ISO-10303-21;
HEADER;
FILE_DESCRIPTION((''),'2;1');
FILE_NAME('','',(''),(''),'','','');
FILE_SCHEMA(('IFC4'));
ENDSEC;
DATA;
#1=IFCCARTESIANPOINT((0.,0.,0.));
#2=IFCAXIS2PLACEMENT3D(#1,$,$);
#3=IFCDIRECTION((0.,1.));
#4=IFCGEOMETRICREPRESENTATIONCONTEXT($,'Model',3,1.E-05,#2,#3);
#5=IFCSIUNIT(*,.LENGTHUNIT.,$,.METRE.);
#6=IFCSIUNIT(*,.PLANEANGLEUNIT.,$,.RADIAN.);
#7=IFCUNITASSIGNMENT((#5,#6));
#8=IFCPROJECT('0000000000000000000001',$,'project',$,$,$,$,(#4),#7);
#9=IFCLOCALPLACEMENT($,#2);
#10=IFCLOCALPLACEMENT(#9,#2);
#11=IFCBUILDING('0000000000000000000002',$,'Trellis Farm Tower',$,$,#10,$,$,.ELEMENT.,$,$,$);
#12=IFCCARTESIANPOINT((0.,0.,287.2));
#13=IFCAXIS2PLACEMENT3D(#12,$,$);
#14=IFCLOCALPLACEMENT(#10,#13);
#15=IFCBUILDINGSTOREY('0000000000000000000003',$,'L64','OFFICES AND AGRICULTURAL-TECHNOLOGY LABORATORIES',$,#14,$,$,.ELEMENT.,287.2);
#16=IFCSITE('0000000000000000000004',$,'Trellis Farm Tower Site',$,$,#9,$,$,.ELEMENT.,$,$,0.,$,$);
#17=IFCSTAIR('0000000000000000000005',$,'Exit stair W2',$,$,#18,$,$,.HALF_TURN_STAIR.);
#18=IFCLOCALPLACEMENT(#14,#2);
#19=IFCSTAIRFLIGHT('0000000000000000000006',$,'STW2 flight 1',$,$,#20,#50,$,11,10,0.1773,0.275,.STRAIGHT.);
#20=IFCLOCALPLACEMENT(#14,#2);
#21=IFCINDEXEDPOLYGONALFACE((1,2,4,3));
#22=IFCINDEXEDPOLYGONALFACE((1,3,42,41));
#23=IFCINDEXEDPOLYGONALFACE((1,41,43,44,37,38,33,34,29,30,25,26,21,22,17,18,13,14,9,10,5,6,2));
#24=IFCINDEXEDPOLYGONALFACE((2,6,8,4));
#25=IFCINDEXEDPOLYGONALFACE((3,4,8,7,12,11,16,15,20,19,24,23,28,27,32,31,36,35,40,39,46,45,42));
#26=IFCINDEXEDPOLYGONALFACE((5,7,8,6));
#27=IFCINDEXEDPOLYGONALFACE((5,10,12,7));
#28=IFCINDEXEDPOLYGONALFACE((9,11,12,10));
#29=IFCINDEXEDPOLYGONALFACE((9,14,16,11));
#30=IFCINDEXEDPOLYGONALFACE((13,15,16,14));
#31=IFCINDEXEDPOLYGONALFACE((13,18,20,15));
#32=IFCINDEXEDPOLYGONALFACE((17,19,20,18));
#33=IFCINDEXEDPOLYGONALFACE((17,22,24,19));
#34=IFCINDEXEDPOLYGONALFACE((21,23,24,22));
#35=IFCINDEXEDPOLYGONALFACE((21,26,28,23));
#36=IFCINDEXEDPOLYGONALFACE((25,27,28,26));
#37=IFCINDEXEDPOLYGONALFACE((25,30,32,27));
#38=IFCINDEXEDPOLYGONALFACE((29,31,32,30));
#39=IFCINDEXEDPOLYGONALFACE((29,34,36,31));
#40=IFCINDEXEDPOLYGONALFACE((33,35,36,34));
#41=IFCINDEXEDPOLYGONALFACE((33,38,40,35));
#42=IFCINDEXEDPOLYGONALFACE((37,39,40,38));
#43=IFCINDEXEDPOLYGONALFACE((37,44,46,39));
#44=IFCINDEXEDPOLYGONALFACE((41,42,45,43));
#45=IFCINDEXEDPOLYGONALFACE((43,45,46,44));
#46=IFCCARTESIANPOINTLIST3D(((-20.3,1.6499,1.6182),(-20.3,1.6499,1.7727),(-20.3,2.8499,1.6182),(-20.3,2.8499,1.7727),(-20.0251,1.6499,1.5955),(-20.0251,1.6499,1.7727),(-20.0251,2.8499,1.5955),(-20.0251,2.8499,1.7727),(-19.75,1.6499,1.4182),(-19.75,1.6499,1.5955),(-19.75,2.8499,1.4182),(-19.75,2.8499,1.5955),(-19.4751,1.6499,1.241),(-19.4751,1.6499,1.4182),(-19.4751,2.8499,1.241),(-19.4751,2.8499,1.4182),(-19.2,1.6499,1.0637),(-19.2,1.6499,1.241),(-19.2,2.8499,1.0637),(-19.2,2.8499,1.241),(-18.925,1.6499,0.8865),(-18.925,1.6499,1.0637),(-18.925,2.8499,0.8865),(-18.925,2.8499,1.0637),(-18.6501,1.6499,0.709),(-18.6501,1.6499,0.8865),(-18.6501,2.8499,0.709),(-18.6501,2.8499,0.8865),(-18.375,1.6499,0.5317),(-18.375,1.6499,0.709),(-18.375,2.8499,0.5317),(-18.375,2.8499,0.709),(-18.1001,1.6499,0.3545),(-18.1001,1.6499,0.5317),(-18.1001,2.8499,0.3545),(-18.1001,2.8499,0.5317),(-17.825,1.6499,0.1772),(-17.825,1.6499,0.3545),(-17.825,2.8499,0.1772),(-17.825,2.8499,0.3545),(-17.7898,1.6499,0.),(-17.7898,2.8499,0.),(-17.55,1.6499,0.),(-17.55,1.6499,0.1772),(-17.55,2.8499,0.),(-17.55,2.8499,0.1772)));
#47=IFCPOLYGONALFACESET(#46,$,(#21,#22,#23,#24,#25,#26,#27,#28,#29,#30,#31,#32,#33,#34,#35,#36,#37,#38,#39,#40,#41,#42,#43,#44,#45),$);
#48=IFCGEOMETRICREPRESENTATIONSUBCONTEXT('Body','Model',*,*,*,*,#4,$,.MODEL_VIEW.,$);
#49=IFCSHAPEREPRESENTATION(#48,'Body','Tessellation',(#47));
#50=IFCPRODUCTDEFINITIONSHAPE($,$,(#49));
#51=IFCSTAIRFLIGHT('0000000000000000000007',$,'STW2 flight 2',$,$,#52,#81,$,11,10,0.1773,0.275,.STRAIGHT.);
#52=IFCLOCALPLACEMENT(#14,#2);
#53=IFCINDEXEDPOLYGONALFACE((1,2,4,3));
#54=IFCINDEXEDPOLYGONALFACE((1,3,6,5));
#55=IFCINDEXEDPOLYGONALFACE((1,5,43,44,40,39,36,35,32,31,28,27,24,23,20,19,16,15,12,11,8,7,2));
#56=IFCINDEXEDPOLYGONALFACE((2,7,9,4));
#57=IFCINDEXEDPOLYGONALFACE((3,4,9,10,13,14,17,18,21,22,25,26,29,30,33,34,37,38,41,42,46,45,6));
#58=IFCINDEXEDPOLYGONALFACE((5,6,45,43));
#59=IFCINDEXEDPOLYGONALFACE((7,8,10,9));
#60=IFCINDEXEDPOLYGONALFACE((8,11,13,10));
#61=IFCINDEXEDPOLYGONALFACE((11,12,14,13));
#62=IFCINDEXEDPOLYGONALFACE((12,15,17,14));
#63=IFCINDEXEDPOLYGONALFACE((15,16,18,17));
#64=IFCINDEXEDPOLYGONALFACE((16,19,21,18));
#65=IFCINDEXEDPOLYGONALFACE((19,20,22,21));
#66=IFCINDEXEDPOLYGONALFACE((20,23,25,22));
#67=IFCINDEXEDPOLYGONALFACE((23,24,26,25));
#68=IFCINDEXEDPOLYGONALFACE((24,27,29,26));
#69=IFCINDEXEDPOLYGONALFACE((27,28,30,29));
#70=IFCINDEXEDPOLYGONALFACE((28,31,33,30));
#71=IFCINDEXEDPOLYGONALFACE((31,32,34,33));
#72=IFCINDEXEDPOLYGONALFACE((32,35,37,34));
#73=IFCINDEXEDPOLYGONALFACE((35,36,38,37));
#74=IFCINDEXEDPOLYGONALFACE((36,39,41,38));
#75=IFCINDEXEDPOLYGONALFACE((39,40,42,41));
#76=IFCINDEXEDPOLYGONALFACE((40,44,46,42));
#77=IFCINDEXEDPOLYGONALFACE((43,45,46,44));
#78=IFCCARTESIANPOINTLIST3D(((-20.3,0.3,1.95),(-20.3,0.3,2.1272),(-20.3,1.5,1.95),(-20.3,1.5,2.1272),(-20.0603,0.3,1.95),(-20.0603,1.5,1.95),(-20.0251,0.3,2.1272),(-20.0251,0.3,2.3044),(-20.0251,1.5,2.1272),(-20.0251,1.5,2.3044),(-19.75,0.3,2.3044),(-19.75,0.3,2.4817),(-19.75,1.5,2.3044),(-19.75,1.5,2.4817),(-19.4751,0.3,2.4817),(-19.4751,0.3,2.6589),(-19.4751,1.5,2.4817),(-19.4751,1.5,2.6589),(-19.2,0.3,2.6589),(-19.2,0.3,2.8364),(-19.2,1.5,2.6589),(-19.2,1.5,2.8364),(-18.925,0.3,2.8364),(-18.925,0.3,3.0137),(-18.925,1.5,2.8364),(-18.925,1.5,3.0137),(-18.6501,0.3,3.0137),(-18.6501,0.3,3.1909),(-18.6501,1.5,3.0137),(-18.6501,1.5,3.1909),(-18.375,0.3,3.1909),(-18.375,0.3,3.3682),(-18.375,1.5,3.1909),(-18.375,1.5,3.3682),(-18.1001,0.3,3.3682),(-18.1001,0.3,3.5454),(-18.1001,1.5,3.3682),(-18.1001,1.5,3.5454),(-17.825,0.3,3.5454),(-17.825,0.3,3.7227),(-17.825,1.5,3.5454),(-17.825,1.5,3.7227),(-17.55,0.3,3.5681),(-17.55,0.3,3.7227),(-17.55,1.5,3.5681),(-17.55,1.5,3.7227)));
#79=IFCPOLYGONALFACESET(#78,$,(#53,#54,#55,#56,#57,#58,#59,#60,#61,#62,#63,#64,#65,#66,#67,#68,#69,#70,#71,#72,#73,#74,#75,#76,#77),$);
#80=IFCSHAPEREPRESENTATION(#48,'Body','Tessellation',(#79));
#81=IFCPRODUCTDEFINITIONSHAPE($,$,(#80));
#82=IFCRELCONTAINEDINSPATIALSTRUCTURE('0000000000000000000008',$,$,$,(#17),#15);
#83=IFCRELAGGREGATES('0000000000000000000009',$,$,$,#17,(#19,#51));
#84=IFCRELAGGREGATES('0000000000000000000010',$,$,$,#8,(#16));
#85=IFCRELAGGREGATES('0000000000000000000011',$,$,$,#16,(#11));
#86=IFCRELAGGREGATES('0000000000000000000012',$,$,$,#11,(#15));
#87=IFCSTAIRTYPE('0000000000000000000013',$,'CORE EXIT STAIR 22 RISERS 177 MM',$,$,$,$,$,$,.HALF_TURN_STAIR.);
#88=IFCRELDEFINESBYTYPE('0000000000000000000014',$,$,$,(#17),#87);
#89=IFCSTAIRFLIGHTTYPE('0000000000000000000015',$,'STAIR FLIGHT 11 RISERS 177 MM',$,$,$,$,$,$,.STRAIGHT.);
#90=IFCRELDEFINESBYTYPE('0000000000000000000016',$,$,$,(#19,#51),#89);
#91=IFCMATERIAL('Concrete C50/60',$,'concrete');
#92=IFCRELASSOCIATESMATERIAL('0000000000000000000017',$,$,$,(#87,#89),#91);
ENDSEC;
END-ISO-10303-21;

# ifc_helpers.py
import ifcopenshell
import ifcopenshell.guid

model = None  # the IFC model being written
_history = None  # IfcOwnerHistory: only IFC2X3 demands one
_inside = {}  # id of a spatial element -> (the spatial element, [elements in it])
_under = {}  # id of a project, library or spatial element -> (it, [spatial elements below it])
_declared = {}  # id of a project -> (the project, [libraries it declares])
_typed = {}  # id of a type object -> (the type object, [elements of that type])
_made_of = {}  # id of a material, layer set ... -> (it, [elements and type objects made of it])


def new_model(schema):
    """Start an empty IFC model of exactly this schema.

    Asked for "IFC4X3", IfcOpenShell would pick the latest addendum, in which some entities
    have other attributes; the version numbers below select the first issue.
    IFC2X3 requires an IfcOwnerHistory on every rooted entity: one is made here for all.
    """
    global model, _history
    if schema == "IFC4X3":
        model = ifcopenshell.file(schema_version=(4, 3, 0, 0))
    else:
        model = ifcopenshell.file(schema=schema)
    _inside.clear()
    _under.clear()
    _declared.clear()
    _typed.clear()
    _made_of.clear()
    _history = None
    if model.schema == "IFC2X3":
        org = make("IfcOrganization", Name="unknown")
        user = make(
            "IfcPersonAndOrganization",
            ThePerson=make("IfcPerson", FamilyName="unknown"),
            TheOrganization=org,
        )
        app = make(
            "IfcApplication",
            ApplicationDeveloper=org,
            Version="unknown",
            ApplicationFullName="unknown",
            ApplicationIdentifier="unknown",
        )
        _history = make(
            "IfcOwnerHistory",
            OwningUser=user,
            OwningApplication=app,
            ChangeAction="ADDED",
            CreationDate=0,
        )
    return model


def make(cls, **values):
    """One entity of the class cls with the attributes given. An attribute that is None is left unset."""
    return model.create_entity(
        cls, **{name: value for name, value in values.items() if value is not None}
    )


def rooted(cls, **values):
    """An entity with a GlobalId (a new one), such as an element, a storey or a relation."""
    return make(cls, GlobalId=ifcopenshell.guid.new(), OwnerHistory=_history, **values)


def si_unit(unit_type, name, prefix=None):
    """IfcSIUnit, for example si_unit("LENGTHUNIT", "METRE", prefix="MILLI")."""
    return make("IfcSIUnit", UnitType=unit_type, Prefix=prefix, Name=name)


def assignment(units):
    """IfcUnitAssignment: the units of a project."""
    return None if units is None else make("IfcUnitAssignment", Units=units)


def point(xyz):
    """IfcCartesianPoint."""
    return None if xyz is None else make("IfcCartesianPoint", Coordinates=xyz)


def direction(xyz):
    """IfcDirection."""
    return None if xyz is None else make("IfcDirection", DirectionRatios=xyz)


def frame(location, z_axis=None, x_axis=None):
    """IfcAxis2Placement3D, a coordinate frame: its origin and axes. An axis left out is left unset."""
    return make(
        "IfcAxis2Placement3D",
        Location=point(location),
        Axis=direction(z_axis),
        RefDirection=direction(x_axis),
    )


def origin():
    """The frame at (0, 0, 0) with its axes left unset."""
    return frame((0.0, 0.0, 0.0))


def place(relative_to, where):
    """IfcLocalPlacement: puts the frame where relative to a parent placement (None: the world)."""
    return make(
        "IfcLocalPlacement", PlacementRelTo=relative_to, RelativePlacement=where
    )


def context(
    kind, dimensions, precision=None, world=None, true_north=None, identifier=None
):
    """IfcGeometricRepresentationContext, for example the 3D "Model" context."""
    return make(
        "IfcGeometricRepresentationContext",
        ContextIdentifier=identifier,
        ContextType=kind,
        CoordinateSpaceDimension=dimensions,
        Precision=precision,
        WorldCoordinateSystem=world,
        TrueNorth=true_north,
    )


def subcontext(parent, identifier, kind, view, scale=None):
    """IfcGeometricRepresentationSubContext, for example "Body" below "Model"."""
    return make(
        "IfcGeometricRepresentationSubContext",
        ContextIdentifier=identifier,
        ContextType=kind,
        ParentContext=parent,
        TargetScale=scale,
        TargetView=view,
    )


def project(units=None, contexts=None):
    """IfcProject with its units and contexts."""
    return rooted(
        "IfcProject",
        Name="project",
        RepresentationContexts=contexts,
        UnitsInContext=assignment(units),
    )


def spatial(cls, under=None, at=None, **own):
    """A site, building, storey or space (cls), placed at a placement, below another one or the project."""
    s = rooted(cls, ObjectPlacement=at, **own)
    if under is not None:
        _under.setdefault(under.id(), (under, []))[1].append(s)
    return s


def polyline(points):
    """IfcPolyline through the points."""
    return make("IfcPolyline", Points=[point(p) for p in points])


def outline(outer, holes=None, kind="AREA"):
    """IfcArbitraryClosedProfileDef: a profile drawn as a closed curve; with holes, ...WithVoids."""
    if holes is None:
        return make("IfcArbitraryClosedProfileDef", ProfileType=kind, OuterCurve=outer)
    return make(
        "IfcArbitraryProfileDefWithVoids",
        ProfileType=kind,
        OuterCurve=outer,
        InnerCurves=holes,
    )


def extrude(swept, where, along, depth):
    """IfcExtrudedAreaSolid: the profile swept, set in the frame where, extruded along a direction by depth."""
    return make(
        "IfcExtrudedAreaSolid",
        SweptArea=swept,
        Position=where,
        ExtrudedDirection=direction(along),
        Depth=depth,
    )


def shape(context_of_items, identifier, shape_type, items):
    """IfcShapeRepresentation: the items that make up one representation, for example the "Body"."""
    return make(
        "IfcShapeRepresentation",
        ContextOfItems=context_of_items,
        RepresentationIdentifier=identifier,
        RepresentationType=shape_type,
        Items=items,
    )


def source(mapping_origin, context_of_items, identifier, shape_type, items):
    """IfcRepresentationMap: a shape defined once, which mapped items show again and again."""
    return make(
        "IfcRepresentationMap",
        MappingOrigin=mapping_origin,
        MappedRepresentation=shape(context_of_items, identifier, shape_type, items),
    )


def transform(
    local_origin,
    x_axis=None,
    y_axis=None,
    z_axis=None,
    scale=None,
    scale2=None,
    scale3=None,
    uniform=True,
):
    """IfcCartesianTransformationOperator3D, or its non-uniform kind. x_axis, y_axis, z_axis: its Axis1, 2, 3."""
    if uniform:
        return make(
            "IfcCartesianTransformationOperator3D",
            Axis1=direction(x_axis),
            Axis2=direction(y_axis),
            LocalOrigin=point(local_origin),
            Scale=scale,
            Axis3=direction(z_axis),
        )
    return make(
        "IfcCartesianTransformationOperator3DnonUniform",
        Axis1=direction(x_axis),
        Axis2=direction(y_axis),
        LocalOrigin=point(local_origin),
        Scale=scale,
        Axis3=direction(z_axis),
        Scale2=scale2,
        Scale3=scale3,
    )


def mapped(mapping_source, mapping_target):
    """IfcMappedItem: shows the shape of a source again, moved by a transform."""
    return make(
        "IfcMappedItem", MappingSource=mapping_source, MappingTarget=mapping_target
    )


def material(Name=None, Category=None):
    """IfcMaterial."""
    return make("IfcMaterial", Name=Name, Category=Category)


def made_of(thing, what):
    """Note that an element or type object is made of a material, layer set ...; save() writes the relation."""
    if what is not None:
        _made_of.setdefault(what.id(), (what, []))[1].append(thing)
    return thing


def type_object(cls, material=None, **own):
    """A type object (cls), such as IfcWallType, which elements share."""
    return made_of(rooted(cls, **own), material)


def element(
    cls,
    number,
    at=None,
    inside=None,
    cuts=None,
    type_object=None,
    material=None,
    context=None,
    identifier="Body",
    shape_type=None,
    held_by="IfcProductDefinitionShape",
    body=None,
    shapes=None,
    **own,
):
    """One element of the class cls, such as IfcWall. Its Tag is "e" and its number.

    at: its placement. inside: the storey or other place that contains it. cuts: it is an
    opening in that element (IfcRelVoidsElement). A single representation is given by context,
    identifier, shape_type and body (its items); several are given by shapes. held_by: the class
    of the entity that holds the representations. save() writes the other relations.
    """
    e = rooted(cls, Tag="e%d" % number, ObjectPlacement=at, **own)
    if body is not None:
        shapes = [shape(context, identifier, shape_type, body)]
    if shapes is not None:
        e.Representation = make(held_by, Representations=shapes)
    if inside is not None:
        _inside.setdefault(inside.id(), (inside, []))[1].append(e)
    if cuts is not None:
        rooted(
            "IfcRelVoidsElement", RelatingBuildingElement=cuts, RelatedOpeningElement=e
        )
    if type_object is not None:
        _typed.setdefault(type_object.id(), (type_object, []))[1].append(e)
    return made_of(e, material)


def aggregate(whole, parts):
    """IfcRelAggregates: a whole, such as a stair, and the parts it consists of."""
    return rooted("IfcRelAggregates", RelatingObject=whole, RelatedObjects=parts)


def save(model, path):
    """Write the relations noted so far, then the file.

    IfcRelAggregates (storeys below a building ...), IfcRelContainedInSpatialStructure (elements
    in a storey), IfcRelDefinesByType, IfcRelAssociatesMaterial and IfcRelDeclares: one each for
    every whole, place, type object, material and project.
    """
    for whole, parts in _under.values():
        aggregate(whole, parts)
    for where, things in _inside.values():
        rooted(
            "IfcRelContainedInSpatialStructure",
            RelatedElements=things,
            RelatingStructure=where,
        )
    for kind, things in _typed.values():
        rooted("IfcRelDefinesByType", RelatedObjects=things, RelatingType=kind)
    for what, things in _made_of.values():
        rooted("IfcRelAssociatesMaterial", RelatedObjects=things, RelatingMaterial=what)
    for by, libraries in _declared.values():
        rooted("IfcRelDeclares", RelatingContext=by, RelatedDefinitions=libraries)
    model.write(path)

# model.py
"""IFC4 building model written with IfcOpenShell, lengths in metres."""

from ifc_helpers import new_model, si_unit, direction, frame, origin, place, context, subcontext, project, spatial, polyline, outline, extrude, source, transform, mapped, material, type_object, element, aggregate, save


model = new_model("IFC4")

# Units and contexts
model_context = context("Model", 3, precision=1e-05, world=origin(), true_north=direction((0.0, 1.0)))
body_context = subcontext(model_context, "Body", "Model", "MODEL_VIEW")
ifc_project = project(units=[si_unit("LENGTHUNIT", "METRE"), si_unit("PLANEANGLEUNIT", "RADIAN")], contexts=[model_context])

# Site, building, storey
site_placement = place(None, origin())
site = spatial("IfcSite", under=ifc_project, at=site_placement, Name="Trellis Farm Tower Site", CompositionType="ELEMENT", RefElevation=0.0)
building_placement = place(site_placement, origin())
building = spatial("IfcBuilding", under=site, at=building_placement, Name="Trellis Farm Tower", CompositionType="ELEMENT")
storey_placement = place(building_placement, frame((0.0, 0.0, 287.2)))
storey = spatial("IfcBuildingStorey", under=building, at=storey_placement, Name="L64", Description="OFFICES AND AGRICULTURAL-TECHNOLOGY LABORATORIES", CompositionType="ELEMENT", Elevation=287.2)

# Shared definitions
placement = place(storey_placement, origin())

# Shared definitions
ifc_material_1 = material(Name="Concrete C50/60", Category="concrete")

# Stair, stair flights
stair_type = type_object("IfcStairType", Name="CORE EXIT STAIR 22 RISERS 177 MM", PredefinedType="HALF_TURN_STAIR", material=ifc_material_1)
stair_flight_type = type_object("IfcStairFlightType", Name="STAIR FLIGHT 11 RISERS 177 MM", PredefinedType="STRAIGHT", material=ifc_material_1)
shared_shape_1 = source(origin(), body_context, "Body", "SweptSolid", [
    extrude(outline(polyline([(0.0, 0.0), (0.0, 0.1772), (0.2749, 0.1772), (0.2749, 0.3545), (0.55, 0.3545), (0.55, 0.5317), (0.825, 0.5317), (0.825, 0.709), (1.1001, 0.709), (1.1001, 0.8865), (1.375, 0.8865), (1.375, 1.0637), (1.6499, 1.0637), (1.6499, 1.241), (1.925, 1.241), (1.925, 1.4182), (2.2, 1.4182), (2.2, 1.5955), (2.4751, 1.5955), (2.4751, 1.7727), (2.75, 1.7727), (2.75, 1.95), (2.75, 1.6182), (0.2397, 0.0), (0.0, 0.0)])), frame((0.0, 0.6001, 0.0), z_axis=(0.0, -1.0, 0.0), x_axis=(1.0, 0.0, 0.0)), (0.0, 0.0, 1.0), 1.2),
])
stair_1 = element("IfcStair", 1, at=placement, inside=storey, type_object=stair_type, Name="Exit stair W2", PredefinedType="HALF_TURN_STAIR")
stair_flight_1_placement = place(storey_placement, frame((-17.55, 2.25, 0.0), z_axis=(0.0, 0.0, 1.0), x_axis=(-1.0, 0.0, 0.0)))
stair_flight_1 = element("IfcStairFlight", 2, at=stair_flight_1_placement, type_object=stair_flight_type, Name="STW2 flight 1", NumberOfRisers=11, NumberOfTreads=10, PredefinedType="STRAIGHT", RiserHeight=0.1773, TreadLength=0.275, context=body_context, shape_type="MappedRepresentation", body=[
    mapped(shared_shape_1, transform((0.0, 0.0, 0.0))),
])
stair_flight_2_placement = place(storey_placement, frame((-20.3, 0.8999, 1.95), z_axis=(0.0, 0.0, 1.0), x_axis=(1.0, 0.0, 0.0)))
stair_flight_2 = element("IfcStairFlight", 3, at=stair_flight_2_placement, type_object=stair_flight_type, Name="STW2 flight 2", NumberOfRisers=11, NumberOfTreads=10, PredefinedType="STRAIGHT", RiserHeight=0.1773, TreadLength=0.275, context=body_context, shape_type="MappedRepresentation", body=[
    mapped(shared_shape_1, transform((0.0, 0.0, 0.0))),
])
aggregate(stair_1, [stair_flight_1, stair_flight_2])

save(model, "model.ifc")
